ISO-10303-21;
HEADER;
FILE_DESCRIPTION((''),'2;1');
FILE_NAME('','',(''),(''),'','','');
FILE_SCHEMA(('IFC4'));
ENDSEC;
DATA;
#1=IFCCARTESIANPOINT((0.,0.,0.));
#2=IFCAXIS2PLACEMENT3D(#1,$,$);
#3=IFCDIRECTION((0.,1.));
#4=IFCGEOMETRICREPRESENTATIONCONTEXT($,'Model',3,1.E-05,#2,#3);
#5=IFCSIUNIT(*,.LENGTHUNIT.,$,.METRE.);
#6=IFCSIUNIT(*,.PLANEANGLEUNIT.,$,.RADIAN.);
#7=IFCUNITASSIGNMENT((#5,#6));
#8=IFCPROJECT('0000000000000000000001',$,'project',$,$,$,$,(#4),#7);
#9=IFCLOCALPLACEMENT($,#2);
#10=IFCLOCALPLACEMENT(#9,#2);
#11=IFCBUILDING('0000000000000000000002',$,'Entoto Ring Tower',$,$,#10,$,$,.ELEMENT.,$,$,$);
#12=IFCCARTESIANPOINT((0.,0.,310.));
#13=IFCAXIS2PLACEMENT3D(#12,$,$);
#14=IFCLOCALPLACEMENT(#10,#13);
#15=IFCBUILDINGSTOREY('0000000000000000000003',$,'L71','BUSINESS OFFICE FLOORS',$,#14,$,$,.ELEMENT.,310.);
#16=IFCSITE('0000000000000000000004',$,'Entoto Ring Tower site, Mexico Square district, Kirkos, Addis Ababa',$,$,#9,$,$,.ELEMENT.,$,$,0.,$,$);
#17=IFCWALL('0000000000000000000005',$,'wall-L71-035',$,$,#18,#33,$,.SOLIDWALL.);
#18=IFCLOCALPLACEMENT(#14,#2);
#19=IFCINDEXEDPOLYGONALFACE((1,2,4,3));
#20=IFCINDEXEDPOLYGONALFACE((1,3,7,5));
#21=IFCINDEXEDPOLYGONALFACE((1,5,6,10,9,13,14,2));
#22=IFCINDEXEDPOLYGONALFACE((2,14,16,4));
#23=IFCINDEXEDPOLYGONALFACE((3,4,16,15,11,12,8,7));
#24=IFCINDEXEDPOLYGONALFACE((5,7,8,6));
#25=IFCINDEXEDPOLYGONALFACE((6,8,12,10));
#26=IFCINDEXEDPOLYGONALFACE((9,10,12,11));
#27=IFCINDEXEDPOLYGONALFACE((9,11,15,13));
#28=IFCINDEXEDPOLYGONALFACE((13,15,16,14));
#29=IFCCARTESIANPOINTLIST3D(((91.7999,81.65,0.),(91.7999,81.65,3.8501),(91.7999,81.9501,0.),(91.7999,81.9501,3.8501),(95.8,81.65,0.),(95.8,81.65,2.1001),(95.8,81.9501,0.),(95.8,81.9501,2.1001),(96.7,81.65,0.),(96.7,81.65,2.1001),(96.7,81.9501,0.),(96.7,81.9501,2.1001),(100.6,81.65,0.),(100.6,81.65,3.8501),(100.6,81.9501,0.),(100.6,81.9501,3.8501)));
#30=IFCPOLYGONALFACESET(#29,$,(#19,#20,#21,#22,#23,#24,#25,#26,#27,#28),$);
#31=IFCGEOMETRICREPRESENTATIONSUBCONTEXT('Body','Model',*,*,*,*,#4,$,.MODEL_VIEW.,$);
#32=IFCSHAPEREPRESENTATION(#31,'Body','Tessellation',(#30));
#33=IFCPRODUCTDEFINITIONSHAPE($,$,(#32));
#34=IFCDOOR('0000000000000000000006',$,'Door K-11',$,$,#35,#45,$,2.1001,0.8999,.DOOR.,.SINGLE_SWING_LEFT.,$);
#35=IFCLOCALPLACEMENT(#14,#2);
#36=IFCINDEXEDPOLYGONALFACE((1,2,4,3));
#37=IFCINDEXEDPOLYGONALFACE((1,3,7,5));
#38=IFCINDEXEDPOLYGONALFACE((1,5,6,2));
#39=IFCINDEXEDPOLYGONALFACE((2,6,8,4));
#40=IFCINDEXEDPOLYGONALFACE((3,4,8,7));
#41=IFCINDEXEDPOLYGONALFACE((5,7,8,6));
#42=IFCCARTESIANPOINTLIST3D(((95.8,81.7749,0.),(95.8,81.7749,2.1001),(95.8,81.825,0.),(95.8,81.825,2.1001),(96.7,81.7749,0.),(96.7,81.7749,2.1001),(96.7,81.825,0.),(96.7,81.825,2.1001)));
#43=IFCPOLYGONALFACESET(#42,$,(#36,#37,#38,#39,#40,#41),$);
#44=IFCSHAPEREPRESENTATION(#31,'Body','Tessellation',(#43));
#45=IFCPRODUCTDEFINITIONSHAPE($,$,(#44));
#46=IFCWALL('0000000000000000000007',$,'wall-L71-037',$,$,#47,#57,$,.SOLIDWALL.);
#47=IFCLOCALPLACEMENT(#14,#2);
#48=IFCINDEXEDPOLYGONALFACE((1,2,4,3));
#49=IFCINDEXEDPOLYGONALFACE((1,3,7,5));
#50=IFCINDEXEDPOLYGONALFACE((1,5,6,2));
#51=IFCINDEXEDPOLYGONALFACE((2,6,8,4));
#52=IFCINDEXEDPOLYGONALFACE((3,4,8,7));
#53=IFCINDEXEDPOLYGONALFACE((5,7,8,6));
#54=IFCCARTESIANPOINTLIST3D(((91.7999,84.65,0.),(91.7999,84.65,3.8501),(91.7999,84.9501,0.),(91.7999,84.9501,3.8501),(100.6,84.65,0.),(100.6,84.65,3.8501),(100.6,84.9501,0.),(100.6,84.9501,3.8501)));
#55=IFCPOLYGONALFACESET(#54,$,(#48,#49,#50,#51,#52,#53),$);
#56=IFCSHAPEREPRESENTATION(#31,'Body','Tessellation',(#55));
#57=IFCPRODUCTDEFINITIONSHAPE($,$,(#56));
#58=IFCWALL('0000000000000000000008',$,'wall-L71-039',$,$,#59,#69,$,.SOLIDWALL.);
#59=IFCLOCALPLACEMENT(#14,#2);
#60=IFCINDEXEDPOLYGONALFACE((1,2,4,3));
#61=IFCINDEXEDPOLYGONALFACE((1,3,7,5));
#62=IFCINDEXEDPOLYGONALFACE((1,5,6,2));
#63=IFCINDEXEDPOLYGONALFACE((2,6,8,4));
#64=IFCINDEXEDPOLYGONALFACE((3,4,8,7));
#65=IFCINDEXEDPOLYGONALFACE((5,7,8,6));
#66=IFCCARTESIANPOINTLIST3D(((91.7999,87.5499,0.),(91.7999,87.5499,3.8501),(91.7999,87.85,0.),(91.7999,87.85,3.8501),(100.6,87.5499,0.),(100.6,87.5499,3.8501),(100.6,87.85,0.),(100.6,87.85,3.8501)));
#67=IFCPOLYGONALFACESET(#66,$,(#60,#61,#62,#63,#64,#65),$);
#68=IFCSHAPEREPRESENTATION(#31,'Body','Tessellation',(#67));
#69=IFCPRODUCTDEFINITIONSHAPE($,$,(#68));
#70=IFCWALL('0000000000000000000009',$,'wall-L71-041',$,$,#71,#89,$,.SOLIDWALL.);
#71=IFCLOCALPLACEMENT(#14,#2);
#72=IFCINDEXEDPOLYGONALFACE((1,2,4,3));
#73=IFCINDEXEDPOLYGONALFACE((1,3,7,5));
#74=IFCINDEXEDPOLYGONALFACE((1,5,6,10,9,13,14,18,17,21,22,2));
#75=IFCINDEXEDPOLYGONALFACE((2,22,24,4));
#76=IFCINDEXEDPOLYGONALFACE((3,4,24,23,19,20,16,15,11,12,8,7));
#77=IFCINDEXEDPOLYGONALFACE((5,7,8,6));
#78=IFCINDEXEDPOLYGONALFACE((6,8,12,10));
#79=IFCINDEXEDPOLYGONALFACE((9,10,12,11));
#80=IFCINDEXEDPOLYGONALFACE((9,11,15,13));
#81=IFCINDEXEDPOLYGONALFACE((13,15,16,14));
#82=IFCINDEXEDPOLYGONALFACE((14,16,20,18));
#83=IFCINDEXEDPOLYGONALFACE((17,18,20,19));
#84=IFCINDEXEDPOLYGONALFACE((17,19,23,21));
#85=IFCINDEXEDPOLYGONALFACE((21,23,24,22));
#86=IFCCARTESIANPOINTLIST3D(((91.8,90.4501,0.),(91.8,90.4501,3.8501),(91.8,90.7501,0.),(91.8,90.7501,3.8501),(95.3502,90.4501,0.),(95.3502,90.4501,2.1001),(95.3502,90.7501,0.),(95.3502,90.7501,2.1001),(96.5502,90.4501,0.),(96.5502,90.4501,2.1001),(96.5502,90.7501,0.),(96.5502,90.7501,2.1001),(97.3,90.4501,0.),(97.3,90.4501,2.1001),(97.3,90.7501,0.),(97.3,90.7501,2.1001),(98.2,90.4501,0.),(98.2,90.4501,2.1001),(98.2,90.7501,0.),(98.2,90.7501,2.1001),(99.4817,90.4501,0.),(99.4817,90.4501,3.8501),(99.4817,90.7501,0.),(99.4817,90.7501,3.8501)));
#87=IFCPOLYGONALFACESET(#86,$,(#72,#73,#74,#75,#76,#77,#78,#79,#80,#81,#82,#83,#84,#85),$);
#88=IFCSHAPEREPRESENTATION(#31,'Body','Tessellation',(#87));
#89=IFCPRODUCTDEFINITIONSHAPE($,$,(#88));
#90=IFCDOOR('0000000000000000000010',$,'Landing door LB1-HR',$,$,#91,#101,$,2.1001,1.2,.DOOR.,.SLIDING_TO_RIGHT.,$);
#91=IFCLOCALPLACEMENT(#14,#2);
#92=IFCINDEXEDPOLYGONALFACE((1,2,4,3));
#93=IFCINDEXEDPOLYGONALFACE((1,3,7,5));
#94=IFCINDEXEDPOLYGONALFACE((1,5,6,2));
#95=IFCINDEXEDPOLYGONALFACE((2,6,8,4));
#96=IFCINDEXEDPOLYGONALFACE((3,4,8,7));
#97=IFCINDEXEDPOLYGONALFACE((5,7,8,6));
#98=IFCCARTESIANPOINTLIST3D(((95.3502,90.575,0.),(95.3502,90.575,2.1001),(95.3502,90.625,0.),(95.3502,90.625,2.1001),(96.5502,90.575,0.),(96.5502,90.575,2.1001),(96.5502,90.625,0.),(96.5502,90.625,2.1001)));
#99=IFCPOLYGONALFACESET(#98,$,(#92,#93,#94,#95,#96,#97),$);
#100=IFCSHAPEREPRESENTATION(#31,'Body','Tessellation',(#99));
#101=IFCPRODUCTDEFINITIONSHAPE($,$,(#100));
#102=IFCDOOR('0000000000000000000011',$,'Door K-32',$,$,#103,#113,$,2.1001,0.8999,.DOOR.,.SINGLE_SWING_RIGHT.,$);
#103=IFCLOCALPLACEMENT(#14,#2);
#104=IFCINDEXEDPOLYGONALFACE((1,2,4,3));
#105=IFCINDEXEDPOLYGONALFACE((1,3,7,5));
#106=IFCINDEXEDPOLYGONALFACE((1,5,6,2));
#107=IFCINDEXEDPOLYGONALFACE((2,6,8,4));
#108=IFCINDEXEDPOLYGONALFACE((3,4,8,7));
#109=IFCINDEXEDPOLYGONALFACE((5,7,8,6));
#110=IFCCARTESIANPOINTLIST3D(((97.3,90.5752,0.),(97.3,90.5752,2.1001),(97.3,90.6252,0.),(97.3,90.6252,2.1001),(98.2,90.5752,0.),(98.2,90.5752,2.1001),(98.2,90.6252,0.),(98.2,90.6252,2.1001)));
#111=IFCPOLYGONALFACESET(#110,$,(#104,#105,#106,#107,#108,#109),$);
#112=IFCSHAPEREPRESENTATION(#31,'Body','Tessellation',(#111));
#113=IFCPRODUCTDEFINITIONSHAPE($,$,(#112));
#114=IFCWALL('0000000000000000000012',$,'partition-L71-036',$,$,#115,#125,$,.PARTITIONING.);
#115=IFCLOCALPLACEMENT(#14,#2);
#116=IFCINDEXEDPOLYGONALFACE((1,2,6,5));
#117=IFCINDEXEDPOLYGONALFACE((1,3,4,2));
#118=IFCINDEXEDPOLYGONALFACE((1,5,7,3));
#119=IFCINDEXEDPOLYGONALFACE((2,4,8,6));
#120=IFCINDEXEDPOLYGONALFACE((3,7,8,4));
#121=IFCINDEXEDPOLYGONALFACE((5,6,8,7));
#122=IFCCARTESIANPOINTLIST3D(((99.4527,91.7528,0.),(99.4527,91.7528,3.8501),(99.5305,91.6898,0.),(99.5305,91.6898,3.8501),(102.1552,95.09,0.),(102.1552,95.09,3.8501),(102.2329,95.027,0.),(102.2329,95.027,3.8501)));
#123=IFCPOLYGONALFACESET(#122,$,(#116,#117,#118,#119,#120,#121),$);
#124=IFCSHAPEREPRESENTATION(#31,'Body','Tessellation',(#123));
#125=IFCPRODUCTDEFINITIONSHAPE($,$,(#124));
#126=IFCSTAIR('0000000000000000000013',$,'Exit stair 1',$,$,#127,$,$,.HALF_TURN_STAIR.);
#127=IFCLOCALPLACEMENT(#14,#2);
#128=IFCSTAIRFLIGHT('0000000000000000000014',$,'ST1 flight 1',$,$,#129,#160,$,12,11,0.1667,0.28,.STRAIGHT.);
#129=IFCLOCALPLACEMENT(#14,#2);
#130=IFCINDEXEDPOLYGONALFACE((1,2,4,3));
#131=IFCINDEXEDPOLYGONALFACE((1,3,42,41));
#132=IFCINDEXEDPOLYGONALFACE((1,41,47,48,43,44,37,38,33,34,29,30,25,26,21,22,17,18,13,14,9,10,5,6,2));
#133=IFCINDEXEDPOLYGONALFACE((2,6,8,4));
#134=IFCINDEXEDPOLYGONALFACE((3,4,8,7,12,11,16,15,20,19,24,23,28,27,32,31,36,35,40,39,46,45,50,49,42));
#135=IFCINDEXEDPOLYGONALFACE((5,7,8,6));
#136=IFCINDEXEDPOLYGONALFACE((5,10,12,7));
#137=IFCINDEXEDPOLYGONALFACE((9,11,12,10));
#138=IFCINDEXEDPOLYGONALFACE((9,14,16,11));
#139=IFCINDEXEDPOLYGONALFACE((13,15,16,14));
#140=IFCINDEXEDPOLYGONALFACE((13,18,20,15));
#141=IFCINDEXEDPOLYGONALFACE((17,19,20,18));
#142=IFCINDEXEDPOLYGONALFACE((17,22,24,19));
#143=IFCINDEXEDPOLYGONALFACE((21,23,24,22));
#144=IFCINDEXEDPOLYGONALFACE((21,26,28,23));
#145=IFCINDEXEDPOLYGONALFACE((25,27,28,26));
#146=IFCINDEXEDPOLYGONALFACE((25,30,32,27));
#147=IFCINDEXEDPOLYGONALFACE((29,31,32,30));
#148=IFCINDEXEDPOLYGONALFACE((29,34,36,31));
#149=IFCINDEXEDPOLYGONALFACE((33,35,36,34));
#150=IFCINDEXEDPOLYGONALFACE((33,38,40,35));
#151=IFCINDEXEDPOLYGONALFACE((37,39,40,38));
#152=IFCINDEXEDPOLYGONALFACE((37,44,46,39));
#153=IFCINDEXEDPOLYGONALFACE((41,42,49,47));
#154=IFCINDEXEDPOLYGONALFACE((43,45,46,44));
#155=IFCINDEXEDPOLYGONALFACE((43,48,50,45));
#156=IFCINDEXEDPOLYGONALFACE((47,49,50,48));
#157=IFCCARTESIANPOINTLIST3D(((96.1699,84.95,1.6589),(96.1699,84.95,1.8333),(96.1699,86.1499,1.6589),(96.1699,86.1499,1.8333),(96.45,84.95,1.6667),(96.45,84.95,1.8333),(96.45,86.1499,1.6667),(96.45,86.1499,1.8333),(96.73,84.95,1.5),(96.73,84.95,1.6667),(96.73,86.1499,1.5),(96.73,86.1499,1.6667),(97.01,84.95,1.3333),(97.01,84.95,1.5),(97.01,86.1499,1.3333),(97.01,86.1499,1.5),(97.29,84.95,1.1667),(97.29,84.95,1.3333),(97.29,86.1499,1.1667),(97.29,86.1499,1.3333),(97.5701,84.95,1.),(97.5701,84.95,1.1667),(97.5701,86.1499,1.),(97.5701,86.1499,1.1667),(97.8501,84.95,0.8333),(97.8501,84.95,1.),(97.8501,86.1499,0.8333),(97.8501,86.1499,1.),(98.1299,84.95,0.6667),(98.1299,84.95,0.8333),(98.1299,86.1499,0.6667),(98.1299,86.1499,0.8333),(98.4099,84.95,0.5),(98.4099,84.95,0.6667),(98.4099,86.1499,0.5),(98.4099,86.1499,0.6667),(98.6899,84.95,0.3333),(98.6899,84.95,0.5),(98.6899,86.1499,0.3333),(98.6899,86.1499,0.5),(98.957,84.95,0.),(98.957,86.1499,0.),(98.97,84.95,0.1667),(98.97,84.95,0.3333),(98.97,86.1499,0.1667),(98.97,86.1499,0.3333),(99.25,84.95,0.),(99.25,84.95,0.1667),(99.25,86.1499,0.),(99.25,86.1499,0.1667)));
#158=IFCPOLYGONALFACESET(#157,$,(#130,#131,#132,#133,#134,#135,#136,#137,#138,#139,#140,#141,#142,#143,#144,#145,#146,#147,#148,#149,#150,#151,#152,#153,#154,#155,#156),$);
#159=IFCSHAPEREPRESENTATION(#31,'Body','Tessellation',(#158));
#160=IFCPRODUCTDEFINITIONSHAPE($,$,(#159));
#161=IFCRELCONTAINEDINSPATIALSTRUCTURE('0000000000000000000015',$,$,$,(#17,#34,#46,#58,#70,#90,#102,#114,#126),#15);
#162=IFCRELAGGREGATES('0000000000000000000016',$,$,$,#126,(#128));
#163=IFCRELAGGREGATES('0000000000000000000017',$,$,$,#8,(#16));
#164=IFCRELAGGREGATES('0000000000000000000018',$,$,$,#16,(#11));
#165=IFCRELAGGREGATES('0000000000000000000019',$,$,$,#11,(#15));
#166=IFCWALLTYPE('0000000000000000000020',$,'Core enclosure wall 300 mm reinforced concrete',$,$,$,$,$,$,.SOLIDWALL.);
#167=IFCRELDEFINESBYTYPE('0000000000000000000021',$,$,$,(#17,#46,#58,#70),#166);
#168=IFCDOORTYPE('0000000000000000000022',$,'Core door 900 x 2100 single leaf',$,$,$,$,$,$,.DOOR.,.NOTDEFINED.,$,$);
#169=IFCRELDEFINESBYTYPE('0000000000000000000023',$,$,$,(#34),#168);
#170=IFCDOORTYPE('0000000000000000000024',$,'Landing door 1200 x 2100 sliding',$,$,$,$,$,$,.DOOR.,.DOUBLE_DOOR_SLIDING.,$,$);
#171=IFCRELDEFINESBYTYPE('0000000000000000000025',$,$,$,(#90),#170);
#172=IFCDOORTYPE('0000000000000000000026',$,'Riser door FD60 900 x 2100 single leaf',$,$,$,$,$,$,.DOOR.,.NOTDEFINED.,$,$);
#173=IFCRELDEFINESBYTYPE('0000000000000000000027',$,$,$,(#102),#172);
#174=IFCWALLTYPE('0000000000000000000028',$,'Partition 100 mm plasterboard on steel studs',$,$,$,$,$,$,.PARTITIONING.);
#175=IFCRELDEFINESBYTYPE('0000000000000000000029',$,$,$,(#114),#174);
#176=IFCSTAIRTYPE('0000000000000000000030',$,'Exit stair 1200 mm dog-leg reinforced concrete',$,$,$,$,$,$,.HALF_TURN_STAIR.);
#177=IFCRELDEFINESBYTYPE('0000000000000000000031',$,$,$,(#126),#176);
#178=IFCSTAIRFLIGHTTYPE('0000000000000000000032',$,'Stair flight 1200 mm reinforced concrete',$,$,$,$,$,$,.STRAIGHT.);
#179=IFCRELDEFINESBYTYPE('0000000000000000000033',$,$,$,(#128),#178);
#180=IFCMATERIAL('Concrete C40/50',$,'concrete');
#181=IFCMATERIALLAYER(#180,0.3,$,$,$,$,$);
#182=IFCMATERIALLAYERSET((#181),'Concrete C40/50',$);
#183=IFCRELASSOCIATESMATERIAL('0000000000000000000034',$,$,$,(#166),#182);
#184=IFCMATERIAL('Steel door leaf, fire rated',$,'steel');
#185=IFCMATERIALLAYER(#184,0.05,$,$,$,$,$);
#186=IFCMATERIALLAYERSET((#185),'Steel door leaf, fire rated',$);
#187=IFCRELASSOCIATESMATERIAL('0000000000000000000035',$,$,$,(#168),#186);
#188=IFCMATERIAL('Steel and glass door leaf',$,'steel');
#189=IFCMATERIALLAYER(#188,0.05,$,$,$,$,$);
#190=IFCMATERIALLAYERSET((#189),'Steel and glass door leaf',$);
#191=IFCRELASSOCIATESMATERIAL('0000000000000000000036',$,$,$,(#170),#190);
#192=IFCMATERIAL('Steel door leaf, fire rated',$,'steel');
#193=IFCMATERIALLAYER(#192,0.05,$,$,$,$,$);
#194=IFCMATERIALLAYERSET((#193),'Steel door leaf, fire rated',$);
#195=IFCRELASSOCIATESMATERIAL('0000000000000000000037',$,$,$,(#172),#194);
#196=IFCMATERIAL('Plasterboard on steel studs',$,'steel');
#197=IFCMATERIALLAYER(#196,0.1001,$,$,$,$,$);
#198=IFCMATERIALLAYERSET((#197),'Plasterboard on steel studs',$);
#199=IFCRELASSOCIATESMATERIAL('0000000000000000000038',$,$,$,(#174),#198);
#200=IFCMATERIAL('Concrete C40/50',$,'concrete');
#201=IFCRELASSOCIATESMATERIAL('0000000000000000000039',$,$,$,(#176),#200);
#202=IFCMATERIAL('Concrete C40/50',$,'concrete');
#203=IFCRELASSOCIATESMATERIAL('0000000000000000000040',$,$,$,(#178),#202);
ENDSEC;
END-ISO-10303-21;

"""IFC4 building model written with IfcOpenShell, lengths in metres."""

from ifc_helpers import new_model, si_unit, direction, frame, frame_2d, origin, place, context, subcontext, project, spatial, polyline, rectangle, outline, extrude, material, layer, layer_set, type_object, element, fill, aggregate, save


model = new_model("IFC4")

# Units and contexts
model_context = context("Model", 3, precision=1e-05, world=origin(), true_north=direction((0.0, 1.0)))
body_context = subcontext(model_context, "Body", "Model", "MODEL_VIEW")
ifc_project = project(units=[si_unit("LENGTHUNIT", "METRE"), si_unit("PLANEANGLEUNIT", "RADIAN")], contexts=[model_context])

# Site, building, storey
site_placement = place(None, origin())
site = spatial("IfcSite", under=ifc_project, at=site_placement, Name="Entoto Ring Tower site, Mexico Square district, Kirkos, Addis Ababa", CompositionType="ELEMENT", RefElevation=0.0)
building_placement = place(site_placement, origin())
building = spatial("IfcBuilding", under=site, at=building_placement, Name="Entoto Ring Tower", CompositionType="ELEMENT")
storey_placement = place(building_placement, frame((0.0, 0.0, 310.0)))
storey = spatial("IfcBuildingStorey", under=building, at=storey_placement, Name="L71", Description="BUSINESS OFFICE FLOORS", CompositionType="ELEMENT", Elevation=310.0)

# Shared definitions
ifc_material_1 = material(Name="Concrete C40/50", Category="concrete")
ifc_layer_1 = layer(ifc_material_1, 0.3)
ifc_layer_set_1 = layer_set([ifc_layer_1], Name="Concrete C40/50")
wall_type_1 = type_object("IfcWallType", Name="Core enclosure wall 300 mm reinforced concrete", PredefinedType="SOLIDWALL", material=ifc_layer_set_1)

# Shared definitions
ifc_material_2 = material(Name="Steel door leaf, fire rated", Category="steel")
ifc_layer_2 = layer(ifc_material_2, 0.05)
ifc_layer_set_2 = layer_set([ifc_layer_2], Name="Steel door leaf, fire rated")
door_type_1 = type_object("IfcDoorType", Name="Core door 900 x 2100 single leaf", OperationType="NOTDEFINED", PredefinedType="DOOR", material=ifc_layer_set_2)
ifc_material_3 = material(Name="Steel and glass door leaf", Category="steel")
ifc_layer_3 = layer(ifc_material_3, 0.05)
ifc_layer_set_3 = layer_set([ifc_layer_3], Name="Steel and glass door leaf")
door_type_2 = type_object("IfcDoorType", Name="Landing door 1200 x 2100 sliding", OperationType="DOUBLE_DOOR_SLIDING", PredefinedType="DOOR", material=ifc_layer_set_3)

# Wall, opening, door
wall_1_placement = place(storey_placement, frame((91.8, 81.8, 0.0), z_axis=(0.0, 0.0, 1.0), x_axis=(1.0, 0.0, 0.0)))
wall_1 = element("IfcWall", 1, at=wall_1_placement, inside=storey, type_object=wall_type_1, Name="wall-L71-035", PredefinedType="SOLIDWALL", context=body_context, shape_type="SweptSolid", body=[
    extrude(rectangle(XDim=8.8, YDim=0.3, at=frame_2d((4.3999, 0.0))), origin(), (0.0, 0.0, 1.0), 3.8501),
])
opening_1_placement = place(wall_1_placement, frame((4.0, 0.0, 0.0)))
opening_1 = element("IfcOpeningElement", 2, at=opening_1_placement, cuts=wall_1, PredefinedType="OPENING", context=body_context, shape_type="SweptSolid", body=[
    extrude(rectangle(XDim=0.8999, YDim=2.1001, at=frame_2d((0.45, 1.05))), frame((0.0, 0.1602, 0.0), z_axis=(0.0, -1.0, 0.0), x_axis=(1.0, 0.0, 0.0)), (0.0, 0.0, 1.0), 0.3201),
])
door_1_placement = place(opening_1_placement, origin())
door_1 = element("IfcDoor", 3, at=door_1_placement, inside=storey, type_object=door_type_1, Name="Door K-11", OperationType="SINGLE_SWING_LEFT", OverallHeight=2.1001, OverallWidth=0.8999, PredefinedType="DOOR", context=body_context, shape_type="SweptSolid", body=[
    extrude(rectangle(XDim=0.8999, YDim=2.1001, at=frame_2d((0.45, 1.05))), frame((0.0, 0.0249, 0.0), z_axis=(0.0, -1.0, 0.0), x_axis=(1.0, 0.0, 0.0)), (0.0, 0.0, 1.0), 0.05),
])
fill(opening_1, door_1)

# Walls
for number, where, z_axis, x_axis, name in (
    (4, (91.8, 84.8, 0.0), (0.0, 0.0, 1.0), (1.0, 0.0, 0.0), "wall-L71-037"),
    (5, (91.8, 87.7, 0.0), (0.0, 0.0, 1.0), (1.0, 0.0, 0.0), "wall-L71-039"),
):
    element("IfcWall", number, at=place(storey_placement, frame(where, z_axis=z_axis, x_axis=x_axis)), inside=storey, type_object=wall_type_1, Name=name, PredefinedType="SOLIDWALL", context=body_context, shape_type="SweptSolid", body=[
        extrude(rectangle(XDim=8.8, YDim=0.3, at=frame_2d((4.3999, 0.0))), origin(), (0.0, 0.0, 1.0), 3.8501),
    ])

# Wall, openings, doors
wall_2_placement = place(storey_placement, frame((91.8, 90.6001, 0.0), z_axis=(0.0, 0.0, 1.0), x_axis=(1.0, 0.0, 0.0)))
wall_2 = element("IfcWall", 6, at=wall_2_placement, inside=storey, type_object=wall_type_1, Name="wall-L71-041", PredefinedType="SOLIDWALL", context=body_context, shape_type="SweptSolid", body=[
    extrude(rectangle(XDim=7.6816, YDim=0.3, at=frame_2d((3.8408, 0.0))), origin(), (0.0, 0.0, 1.0), 3.8501),
])
opening_2_placement = place(wall_2_placement, frame((3.55, 0.0, 0.0)))
opening_2 = element("IfcOpeningElement", 7, at=opening_2_placement, cuts=wall_2, PredefinedType="OPENING", context=body_context, shape_type="SweptSolid", body=[
    extrude(rectangle(XDim=1.2, YDim=2.1001, at=frame_2d((0.6001, 1.05))), frame((0.0, 0.1602, 0.0), z_axis=(0.0, -1.0, 0.0), x_axis=(1.0, 0.0, 0.0)), (0.0, 0.0, 1.0), 0.3201),
])
opening_3_placement = place(wall_2_placement, frame((5.5, 0.0, 0.0)))
opening_3 = element("IfcOpeningElement", 8, at=opening_3_placement, cuts=wall_2, PredefinedType="OPENING", context=body_context, shape_type="SweptSolid", body=[
    extrude(rectangle(XDim=0.8999, YDim=2.1001, at=frame_2d((0.45, 1.05))), frame((0.0, 0.1602, 0.0), z_axis=(0.0, -1.0, 0.0), x_axis=(1.0, 0.0, 0.0)), (0.0, 0.0, 1.0), 0.3201),
])
door_2_placement = place(opening_2_placement, origin())
door_2 = element("IfcDoor", 9, at=door_2_placement, inside=storey, type_object=door_type_2, Name="Landing door LB1-HR", OperationType="SLIDING_TO_RIGHT", OverallHeight=2.1001, OverallWidth=1.2, PredefinedType="DOOR", context=body_context, shape_type="SweptSolid", body=[
    extrude(rectangle(XDim=1.2, YDim=2.1001, at=frame_2d((0.6001, 1.05))), frame((0.0, 0.0249, 0.0), z_axis=(0.0, -1.0, 0.0), x_axis=(1.0, 0.0, 0.0)), (0.0, 0.0, 1.0), 0.05),
])
fill(opening_2, door_2)
ifc_material_4 = material(Name="Steel door leaf, fire rated", Category="steel")
ifc_layer_4 = layer(ifc_material_4, 0.05)
ifc_layer_set_4 = layer_set([ifc_layer_4], Name="Steel door leaf, fire rated")
door_type_3 = type_object("IfcDoorType", Name="Riser door FD60 900 x 2100 single leaf", OperationType="NOTDEFINED", PredefinedType="DOOR", material=ifc_layer_set_4)
door_3_placement = place(opening_3_placement, frame((0.8999, 0.0, 0.0), z_axis=(0.0, 0.0, 1.0), x_axis=(-1.0, 0.0, 0.0)))
door_3 = element("IfcDoor", 10, at=door_3_placement, inside=storey, type_object=door_type_3, Name="Door K-32", OperationType="SINGLE_SWING_RIGHT", OverallHeight=2.1001, OverallWidth=0.8999, PredefinedType="DOOR", context=body_context, shape_type="SweptSolid", body=[
    extrude(rectangle(XDim=0.8999, YDim=2.1001, at=frame_2d((0.45, 1.05))), frame((0.0, 0.0249, 0.0), z_axis=(0.0, -1.0, 0.0), x_axis=(1.0, 0.0, 0.0)), (0.0, 0.0, 1.0), 0.05),
])
fill(opening_3, door_3)

# Wall
ifc_material_5 = material(Name="Plasterboard on steel studs", Category="steel")
ifc_layer_5 = layer(ifc_material_5, 0.1001)
ifc_layer_set_5 = layer_set([ifc_layer_5], Name="Plasterboard on steel studs")
wall_type_2 = type_object("IfcWallType", Name="Partition 100 mm plasterboard on steel studs", PredefinedType="PARTITIONING", material=ifc_layer_set_5)
wall_3_placement = place(storey_placement, frame((99.4917, 91.7214, 0.0), z_axis=(0.0, 0.0, 1.0), x_axis=(0.629323, 0.777144, 0.0)))
element("IfcWall", 11, at=wall_3_placement, inside=storey, type_object=wall_type_2, Name="partition-L71-036", PredefinedType="PARTITIONING", context=body_context, shape_type="SweptSolid", body=[
    extrude(rectangle(XDim=4.2942, YDim=0.1001, at=frame_2d((2.147, 0.0))), origin(), (0.0, 0.0, 1.0), 3.8501),
])

# Stair, stair flight
ifc_material_6 = material(Name="Concrete C40/50", Category="concrete")
stair_type = type_object("IfcStairType", Name="Exit stair 1200 mm dog-leg reinforced concrete", PredefinedType="HALF_TURN_STAIR", material=ifc_material_6)
stair_placement = place(storey_placement, origin())
stair = element("IfcStair", 12, at=stair_placement, inside=storey, type_object=stair_type, Name="Exit stair 1", PredefinedType="HALF_TURN_STAIR")
ifc_material_7 = material(Name="Concrete C40/50", Category="concrete")
stair_flight_type = type_object("IfcStairFlightType", Name="Stair flight 1200 mm reinforced concrete", PredefinedType="STRAIGHT", material=ifc_material_7)
stair_flight_1_placement = place(storey_placement, frame((99.25, 85.55, 0.0), z_axis=(0.0, 0.0, 1.0), x_axis=(-1.0, 0.0, 0.0)))
stair_flight_1 = element("IfcStairFlight", 13, at=stair_flight_1_placement, type_object=stair_flight_type, Name="ST1 flight 1", NumberOfRisers=12, NumberOfTreads=11, PredefinedType="STRAIGHT", RiserHeight=0.1667, TreadLength=0.28, context=body_context, shape_type="SweptSolid", body=[
    extrude(outline(polyline([(0.0, 0.0), (0.0, 0.1667), (0.28, 0.1667), (0.28, 0.3333), (0.5601, 0.3333), (0.5601, 0.5), (0.8401, 0.5), (0.8401, 0.6667), (1.1201, 0.6667), (1.1201, 0.8333), (1.3999, 0.8333), (1.3999, 1.0), (1.6799, 1.0), (1.6799, 1.1667), (1.96, 1.1667), (1.96, 1.3333), (2.24, 1.3333), (2.24, 1.5), (2.52, 1.5), (2.52, 1.6667), (2.8, 1.6667), (2.8, 1.8333), (3.0801, 1.8333), (3.0801, 2.0), (3.0801, 1.6589), (0.293, 0.0), (0.0, 0.0)])), frame((0.0, 0.6001, 0.0), z_axis=(0.0, -1.0, 0.0), x_axis=(1.0, 0.0, 0.0)), (0.0, 0.0, 1.0), 1.2),
])
aggregate(stair, [stair_flight_1])

save(model, "model.ifc")
